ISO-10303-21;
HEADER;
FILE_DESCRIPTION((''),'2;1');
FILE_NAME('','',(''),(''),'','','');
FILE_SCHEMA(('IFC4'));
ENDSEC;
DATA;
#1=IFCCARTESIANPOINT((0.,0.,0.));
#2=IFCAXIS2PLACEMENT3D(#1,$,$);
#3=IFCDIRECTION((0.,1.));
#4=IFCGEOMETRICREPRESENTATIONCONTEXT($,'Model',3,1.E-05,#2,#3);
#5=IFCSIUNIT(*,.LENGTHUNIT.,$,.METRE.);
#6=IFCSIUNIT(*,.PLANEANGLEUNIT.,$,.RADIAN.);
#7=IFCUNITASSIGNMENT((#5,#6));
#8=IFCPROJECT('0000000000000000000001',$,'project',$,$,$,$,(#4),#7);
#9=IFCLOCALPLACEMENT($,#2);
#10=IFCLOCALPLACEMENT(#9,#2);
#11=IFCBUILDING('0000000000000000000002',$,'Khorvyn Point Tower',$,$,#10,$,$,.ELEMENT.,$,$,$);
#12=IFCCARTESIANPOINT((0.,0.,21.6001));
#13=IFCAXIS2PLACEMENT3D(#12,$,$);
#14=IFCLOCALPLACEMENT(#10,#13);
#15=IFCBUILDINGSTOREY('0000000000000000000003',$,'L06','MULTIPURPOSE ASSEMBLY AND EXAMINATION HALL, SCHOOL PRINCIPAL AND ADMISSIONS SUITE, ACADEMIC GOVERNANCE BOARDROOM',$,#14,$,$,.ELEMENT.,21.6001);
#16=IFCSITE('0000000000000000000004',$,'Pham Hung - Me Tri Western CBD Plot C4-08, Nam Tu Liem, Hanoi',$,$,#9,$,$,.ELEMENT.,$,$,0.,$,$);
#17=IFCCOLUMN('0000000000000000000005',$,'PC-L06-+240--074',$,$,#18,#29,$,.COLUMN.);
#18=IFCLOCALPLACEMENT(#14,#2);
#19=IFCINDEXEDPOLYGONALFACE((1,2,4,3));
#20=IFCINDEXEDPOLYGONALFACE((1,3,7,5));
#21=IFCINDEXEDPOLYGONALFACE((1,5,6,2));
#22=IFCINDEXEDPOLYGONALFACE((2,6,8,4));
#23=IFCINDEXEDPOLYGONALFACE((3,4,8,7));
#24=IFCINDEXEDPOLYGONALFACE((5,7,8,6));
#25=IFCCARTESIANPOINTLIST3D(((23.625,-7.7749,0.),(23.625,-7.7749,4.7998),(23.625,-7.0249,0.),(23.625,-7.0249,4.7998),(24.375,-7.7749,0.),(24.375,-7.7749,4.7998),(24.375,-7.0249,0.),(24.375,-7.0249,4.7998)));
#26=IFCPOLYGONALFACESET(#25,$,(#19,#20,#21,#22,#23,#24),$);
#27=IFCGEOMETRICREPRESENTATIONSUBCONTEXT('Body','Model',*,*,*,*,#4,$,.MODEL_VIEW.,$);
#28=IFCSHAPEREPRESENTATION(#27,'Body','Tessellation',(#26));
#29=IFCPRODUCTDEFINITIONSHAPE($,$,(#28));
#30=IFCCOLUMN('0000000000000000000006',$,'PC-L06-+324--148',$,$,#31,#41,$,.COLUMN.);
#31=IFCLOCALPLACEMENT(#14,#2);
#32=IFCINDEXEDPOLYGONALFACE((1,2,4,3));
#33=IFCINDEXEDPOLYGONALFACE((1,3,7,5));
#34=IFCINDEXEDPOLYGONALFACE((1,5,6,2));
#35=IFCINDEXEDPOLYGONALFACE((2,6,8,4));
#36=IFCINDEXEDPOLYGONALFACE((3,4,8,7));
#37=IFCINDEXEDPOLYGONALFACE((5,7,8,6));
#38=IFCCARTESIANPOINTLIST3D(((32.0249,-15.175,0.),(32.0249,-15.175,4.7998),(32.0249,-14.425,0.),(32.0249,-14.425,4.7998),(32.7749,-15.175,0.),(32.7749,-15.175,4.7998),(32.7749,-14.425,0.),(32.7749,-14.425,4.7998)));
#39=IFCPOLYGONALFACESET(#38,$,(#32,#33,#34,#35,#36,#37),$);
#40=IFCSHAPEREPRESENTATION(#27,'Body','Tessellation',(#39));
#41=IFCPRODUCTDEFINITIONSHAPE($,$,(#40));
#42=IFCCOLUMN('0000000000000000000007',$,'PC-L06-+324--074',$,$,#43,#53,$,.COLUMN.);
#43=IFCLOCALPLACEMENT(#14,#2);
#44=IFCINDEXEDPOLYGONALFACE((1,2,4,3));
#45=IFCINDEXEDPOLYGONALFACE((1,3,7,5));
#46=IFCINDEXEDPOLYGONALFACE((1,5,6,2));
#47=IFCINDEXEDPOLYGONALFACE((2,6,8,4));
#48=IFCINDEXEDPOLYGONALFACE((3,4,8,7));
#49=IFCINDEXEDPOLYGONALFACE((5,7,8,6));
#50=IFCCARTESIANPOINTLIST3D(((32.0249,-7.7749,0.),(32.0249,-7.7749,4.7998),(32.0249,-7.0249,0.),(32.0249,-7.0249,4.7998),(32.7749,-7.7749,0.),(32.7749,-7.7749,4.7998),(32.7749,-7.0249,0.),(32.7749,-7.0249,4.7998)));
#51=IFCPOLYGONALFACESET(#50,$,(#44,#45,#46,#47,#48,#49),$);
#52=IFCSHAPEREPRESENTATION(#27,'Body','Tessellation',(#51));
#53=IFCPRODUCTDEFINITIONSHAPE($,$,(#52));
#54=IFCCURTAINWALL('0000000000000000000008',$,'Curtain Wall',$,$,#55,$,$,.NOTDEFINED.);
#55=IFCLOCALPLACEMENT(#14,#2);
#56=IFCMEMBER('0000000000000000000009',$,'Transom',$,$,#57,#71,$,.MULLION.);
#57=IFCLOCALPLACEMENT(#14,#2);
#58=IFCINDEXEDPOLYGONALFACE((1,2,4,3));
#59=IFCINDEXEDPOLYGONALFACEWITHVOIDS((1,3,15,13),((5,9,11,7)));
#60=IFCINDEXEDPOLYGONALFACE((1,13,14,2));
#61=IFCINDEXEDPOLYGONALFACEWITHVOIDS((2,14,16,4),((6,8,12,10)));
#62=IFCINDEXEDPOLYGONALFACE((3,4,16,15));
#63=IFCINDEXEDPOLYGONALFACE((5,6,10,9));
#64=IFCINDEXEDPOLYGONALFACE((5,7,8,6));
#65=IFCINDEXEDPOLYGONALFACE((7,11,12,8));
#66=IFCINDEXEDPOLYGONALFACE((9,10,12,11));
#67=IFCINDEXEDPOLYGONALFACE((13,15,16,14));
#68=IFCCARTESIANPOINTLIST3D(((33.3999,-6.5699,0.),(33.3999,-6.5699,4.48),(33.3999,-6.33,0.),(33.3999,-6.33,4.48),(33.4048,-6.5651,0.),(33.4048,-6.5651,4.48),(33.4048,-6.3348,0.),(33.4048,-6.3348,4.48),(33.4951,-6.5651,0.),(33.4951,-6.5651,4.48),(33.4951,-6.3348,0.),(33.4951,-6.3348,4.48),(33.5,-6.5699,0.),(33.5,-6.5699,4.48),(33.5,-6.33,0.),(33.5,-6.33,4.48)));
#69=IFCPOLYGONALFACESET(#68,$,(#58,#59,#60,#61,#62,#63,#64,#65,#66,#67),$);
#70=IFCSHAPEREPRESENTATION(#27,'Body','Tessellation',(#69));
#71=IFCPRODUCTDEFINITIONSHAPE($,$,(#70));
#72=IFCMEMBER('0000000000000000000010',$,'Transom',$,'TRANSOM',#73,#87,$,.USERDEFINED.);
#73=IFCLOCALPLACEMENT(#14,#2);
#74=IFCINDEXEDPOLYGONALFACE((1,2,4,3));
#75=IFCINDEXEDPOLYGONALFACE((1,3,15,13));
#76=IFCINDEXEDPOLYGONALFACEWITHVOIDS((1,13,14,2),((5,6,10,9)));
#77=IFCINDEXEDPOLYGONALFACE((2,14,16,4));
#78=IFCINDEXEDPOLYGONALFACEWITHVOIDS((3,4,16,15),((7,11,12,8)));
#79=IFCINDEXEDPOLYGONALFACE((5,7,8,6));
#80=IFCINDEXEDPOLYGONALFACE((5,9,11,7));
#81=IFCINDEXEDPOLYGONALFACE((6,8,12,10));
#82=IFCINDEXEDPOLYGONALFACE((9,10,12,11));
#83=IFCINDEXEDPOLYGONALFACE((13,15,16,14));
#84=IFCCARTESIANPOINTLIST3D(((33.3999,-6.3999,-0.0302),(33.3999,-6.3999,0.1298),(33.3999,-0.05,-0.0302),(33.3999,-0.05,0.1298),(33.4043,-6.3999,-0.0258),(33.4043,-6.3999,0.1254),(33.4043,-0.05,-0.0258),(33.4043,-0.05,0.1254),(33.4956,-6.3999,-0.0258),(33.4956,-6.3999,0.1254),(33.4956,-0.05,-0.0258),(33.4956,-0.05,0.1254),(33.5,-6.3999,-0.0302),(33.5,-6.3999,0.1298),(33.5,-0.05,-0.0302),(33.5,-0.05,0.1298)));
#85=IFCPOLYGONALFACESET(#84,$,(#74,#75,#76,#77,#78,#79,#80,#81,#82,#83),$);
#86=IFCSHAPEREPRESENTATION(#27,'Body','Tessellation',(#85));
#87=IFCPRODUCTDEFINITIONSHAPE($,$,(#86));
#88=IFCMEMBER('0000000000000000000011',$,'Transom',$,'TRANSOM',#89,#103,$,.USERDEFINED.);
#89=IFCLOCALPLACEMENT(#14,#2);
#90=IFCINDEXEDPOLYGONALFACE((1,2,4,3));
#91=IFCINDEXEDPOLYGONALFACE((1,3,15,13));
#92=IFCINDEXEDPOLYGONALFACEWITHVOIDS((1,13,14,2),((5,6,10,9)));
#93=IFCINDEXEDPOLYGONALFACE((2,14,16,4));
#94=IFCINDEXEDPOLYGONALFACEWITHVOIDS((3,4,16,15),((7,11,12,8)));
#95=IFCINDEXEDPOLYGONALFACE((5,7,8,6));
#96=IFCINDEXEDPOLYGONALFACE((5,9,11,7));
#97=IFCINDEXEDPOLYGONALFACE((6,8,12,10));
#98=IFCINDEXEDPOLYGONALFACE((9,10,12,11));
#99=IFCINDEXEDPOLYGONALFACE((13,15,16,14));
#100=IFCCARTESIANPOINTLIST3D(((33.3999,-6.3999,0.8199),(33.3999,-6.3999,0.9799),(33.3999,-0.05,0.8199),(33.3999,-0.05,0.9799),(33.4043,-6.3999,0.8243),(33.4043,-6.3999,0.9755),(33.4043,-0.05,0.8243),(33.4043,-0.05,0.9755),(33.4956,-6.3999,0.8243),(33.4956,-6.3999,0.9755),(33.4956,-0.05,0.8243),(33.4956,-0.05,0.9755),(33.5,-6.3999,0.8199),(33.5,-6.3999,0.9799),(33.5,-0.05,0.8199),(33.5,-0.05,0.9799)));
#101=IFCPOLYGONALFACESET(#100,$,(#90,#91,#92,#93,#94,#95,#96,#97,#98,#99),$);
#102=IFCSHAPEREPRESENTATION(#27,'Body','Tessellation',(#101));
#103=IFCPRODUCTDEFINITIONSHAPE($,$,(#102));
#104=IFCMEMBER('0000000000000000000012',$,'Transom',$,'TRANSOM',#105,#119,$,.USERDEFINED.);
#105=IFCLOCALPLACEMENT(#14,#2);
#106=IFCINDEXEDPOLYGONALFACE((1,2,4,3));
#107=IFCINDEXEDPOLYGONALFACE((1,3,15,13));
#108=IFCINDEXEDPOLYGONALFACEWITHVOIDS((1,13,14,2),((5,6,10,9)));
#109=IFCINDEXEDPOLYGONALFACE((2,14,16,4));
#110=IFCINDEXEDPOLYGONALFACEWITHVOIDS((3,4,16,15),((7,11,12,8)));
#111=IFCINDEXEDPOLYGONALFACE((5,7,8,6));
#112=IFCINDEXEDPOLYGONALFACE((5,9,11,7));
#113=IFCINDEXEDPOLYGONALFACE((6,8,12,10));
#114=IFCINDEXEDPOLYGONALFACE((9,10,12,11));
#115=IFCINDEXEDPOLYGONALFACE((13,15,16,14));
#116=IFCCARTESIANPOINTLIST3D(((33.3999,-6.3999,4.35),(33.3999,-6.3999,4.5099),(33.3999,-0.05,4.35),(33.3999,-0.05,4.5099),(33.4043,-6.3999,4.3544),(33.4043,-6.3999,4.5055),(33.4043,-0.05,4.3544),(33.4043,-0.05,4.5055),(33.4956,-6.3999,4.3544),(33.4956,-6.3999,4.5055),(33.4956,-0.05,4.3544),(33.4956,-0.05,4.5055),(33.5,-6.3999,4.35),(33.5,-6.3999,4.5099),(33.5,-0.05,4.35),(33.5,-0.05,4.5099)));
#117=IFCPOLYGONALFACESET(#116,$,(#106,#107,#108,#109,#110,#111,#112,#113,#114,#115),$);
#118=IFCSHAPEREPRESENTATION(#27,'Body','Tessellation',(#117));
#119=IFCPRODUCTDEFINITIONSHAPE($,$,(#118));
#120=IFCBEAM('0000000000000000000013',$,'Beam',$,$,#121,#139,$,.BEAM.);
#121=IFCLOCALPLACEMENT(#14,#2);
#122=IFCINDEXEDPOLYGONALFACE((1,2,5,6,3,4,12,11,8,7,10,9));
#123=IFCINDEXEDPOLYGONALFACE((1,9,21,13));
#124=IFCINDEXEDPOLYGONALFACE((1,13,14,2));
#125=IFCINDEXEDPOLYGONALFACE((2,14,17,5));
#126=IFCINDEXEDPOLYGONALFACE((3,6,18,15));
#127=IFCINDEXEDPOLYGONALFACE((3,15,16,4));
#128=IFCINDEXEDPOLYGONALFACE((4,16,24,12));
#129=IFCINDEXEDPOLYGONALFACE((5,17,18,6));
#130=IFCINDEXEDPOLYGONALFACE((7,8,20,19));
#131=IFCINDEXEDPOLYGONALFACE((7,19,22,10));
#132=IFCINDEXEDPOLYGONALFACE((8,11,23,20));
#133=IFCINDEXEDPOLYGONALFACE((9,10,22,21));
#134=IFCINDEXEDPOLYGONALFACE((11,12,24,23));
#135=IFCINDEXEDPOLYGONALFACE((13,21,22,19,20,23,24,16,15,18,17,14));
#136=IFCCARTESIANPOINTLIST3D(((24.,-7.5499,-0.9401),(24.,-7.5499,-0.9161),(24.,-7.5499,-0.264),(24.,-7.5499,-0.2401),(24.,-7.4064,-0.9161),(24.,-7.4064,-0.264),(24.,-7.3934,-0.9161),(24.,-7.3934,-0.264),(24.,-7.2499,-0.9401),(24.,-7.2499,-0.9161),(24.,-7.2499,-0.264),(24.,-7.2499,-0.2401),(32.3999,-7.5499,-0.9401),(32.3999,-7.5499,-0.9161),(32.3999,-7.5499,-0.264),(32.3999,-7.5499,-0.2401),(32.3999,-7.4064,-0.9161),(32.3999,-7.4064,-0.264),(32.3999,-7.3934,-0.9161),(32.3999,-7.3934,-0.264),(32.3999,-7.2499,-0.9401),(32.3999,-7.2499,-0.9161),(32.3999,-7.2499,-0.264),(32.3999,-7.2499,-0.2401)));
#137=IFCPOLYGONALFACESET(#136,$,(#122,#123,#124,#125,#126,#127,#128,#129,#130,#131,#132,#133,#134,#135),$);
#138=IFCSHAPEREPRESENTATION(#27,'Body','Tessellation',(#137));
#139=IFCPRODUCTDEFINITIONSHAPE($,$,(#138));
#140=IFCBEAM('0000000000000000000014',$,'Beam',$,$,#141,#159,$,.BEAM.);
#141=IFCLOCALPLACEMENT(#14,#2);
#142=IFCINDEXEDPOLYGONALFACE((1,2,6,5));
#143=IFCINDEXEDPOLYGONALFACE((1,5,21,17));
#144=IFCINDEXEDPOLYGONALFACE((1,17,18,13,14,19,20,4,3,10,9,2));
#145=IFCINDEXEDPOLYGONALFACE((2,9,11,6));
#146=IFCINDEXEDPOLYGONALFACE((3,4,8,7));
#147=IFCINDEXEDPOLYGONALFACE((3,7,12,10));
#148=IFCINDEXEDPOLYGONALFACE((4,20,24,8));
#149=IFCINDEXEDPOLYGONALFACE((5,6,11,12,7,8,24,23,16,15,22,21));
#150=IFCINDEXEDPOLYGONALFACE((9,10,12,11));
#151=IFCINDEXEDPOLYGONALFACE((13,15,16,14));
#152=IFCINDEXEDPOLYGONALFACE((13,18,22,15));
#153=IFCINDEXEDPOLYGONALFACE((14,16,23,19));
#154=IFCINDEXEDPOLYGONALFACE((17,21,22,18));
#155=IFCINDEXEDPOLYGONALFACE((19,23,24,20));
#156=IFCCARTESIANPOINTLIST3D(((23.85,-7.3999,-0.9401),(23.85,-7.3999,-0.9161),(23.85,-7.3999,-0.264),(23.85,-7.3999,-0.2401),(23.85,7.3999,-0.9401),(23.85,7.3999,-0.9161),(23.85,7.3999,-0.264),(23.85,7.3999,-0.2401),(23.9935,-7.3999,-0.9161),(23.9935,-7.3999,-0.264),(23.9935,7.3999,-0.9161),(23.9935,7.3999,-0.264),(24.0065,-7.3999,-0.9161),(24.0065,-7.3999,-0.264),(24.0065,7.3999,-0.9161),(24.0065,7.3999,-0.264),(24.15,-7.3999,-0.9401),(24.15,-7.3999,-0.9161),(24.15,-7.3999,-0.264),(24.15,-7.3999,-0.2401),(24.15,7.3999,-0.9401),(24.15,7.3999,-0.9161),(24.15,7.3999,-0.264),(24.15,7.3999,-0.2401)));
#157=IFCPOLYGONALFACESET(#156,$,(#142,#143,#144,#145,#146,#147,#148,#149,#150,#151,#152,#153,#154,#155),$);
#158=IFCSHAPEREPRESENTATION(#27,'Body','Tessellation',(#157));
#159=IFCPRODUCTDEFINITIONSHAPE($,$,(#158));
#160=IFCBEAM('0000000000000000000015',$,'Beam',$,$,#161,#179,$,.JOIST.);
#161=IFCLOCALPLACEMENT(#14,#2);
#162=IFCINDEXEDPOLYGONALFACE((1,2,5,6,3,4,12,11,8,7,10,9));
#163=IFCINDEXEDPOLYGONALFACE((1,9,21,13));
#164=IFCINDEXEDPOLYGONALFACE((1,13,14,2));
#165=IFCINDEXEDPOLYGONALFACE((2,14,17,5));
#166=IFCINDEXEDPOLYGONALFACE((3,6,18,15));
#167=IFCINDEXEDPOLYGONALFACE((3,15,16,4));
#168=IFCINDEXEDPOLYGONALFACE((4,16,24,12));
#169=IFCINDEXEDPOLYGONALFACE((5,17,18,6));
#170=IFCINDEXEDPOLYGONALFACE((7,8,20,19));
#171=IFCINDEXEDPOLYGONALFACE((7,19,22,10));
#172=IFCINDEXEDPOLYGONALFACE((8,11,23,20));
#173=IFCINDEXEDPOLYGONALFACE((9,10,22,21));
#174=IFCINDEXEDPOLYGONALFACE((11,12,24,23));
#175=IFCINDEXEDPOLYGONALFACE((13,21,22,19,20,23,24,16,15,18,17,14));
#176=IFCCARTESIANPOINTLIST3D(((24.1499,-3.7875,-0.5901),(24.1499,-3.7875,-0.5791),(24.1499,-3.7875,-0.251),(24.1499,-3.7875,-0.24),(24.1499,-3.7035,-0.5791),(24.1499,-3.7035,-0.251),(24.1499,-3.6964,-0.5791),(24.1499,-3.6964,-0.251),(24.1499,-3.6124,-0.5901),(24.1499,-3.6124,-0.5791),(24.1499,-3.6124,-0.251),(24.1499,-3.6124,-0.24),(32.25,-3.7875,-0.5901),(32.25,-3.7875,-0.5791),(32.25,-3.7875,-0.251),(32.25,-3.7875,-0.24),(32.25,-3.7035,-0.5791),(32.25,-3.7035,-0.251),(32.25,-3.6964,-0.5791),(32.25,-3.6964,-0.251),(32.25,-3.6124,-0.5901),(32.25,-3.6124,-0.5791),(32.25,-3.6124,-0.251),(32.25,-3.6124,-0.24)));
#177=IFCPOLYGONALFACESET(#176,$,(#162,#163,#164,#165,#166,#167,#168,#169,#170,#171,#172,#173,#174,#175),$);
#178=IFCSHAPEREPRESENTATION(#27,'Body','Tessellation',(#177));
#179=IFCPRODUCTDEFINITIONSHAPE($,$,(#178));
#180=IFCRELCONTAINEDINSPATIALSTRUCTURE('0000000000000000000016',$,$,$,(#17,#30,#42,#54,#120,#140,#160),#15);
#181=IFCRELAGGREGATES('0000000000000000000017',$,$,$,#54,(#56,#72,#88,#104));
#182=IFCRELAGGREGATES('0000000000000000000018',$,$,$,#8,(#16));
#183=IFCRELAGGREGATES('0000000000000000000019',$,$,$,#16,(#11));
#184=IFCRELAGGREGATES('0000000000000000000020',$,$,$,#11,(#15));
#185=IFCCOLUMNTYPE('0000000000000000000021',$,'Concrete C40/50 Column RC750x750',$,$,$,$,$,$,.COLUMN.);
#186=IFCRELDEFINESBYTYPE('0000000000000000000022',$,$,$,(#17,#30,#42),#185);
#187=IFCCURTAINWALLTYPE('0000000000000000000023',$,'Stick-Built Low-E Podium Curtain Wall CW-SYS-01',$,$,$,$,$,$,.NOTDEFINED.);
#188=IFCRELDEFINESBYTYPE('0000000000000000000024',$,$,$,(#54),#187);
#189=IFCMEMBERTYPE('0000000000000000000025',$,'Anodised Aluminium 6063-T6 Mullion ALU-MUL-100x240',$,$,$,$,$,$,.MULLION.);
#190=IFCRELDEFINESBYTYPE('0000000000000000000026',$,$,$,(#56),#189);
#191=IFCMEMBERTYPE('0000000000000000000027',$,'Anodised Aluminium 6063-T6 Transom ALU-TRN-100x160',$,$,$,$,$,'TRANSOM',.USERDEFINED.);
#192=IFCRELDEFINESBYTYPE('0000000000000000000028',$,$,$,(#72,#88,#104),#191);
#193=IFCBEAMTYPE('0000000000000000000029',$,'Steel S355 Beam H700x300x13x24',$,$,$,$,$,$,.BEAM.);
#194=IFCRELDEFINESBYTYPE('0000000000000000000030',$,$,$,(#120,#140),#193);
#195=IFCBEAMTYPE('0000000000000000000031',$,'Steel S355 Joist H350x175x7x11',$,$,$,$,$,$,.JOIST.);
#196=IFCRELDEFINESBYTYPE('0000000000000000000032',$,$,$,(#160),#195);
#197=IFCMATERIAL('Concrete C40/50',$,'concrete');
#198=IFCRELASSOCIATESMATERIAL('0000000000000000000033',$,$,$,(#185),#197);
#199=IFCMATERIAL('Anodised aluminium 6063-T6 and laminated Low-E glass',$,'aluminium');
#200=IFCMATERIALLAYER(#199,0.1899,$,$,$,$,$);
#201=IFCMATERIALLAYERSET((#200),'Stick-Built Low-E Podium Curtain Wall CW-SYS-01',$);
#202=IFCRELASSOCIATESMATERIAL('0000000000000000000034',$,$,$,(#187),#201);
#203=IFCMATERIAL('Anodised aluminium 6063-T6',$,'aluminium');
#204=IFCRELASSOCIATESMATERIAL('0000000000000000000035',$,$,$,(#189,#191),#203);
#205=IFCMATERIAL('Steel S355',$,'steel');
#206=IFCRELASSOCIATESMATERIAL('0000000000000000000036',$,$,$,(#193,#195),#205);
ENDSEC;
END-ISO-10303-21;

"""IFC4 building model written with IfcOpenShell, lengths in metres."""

from ifc_helpers import new_model, si_unit, direction, frame, origin, origin_2d, place, context, subcontext, project, spatial, rectangle, hollow_rectangle, i_section, extrude, material, layer, layer_set, material_profile, profile_set, type_object, element, aggregate, save


model = new_model("IFC4")

# Units and contexts
model_context = context("Model", 3, precision=1e-05, world=origin(), true_north=direction((0.0, 1.0)))
body_context = subcontext(model_context, "Body", "Model", "MODEL_VIEW")
ifc_project = project(units=[si_unit("LENGTHUNIT", "METRE"), si_unit("PLANEANGLEUNIT", "RADIAN")], contexts=[model_context])

# Site, building, storey
site_placement = place(None, origin())
site = spatial("IfcSite", under=ifc_project, at=site_placement, Name="Pham Hung - Me Tri Western CBD Plot C4-08, Nam Tu Liem, Hanoi", CompositionType="ELEMENT", RefElevation=0.0)
building_placement = place(site_placement, origin())
building = spatial("IfcBuilding", under=site, at=building_placement, Name="Khorvyn Point Tower", CompositionType="ELEMENT")
storey_placement = place(building_placement, frame((0.0, 0.0, 21.6001)))
storey = spatial("IfcBuildingStorey", under=building, at=storey_placement, Name="L06", Description="MULTIPURPOSE ASSEMBLY AND EXAMINATION HALL, SCHOOL PRINCIPAL AND ADMISSIONS SUITE, ACADEMIC GOVERNANCE BOARDROOM", CompositionType="ELEMENT", Elevation=21.6001)

# Columns
ifc_material_1 = material(Name="Concrete C40/50", Category="concrete")
ifc_material_profile_1 = material_profile(ifc_material_1, rectangle(XDim=0.75, YDim=0.75, at=origin_2d()))
ifc_profile_set_1 = profile_set([ifc_material_profile_1], Name="Concrete C40/50 RC750x750")
column_type = type_object("IfcColumnType", Name="Concrete C40/50 Column RC750x750", PredefinedType="COLUMN", material=ifc_profile_set_1)
for number, where, z_axis, x_axis, name in (
    (1, (24.0, -7.3999, 0.0), (0.0, 0.0, 1.0), (1.0, 0.0, 0.0), "PC-L06-+240--074"),
    (2, (32.3999, -14.8, 0.0), (0.0, 0.0, 1.0), (1.0, 0.0, 0.0), "PC-L06-+324--148"),
    (3, (32.3999, -7.3999, 0.0), (0.0, 0.0, 1.0), (1.0, 0.0, 0.0), "PC-L06-+324--074"),
):
    element("IfcColumn", number, at=place(storey_placement, frame(where, z_axis=z_axis, x_axis=x_axis)), inside=storey, type_object=column_type, Name=name, PredefinedType="COLUMN", context=body_context, shape_type="SweptSolid", body=[
        extrude(rectangle(XDim=0.75, YDim=0.75, at=origin_2d()), origin(), (0.0, 0.0, 1.0), 4.7998),
    ])

# Curtain wall, members
ifc_material_2 = material(Name="Anodised aluminium 6063-T6 and laminated Low-E glass", Category="aluminium")
ifc_layer_1 = layer(ifc_material_2, 0.1899)
ifc_layer_set_1 = layer_set([ifc_layer_1], Name="Stick-Built Low-E Podium Curtain Wall CW-SYS-01")
curtain_wall_type = type_object("IfcCurtainWallType", Name="Stick-Built Low-E Podium Curtain Wall CW-SYS-01", PredefinedType="NOTDEFINED", material=ifc_layer_set_1)
curtain_wall_placement = place(storey_placement, origin())
curtain_wall = element("IfcCurtainWall", 4, at=curtain_wall_placement, inside=storey, type_object=curtain_wall_type, Name="Curtain Wall", PredefinedType="NOTDEFINED")
ifc_material_3 = material(Name="Anodised aluminium 6063-T6", Category="aluminium")
ifc_material_profile_2 = material_profile(ifc_material_3, hollow_rectangle(XDim=0.1001, YDim=0.24, WallThickness=0.0049, at=origin_2d()))
ifc_profile_set_2 = profile_set([ifc_material_profile_2], Name="Anodised aluminium 6063-T6 ALU-MUL-100x240")
member_type_1 = type_object("IfcMemberType", Name="Anodised Aluminium 6063-T6 Mullion ALU-MUL-100x240", PredefinedType="MULLION", material=ifc_profile_set_2)
member_1_placement = place(storey_placement, frame((33.45, -6.45, 0.0), z_axis=(0.0, 0.0, 1.0), x_axis=(-1.0, 0.0, 0.0)))
member_1 = element("IfcMember", 5, at=member_1_placement, type_object=member_type_1, Name="Transom", PredefinedType="MULLION", context=body_context, shape_type="SweptSolid", body=[
    extrude(hollow_rectangle(XDim=0.1001, YDim=0.24, WallThickness=0.0049, at=origin_2d()), origin(), (0.0, 0.0, 1.0), 4.48),
])
ifc_material_profile_3 = material_profile(ifc_material_3, hollow_rectangle(XDim=0.1001, YDim=0.1599, WallThickness=0.0044, at=origin_2d()))
ifc_profile_set_3 = profile_set([ifc_material_profile_3], Name="Anodised aluminium 6063-T6 ALU-TRN-100x160")
member_type_2 = type_object("IfcMemberType", Name="Anodised Aluminium 6063-T6 Transom ALU-TRN-100x160", ElementType="TRANSOM", PredefinedType="USERDEFINED", material=ifc_profile_set_3)
member_2_placement = place(storey_placement, frame((33.45, -6.3999, 0.0498), z_axis=(0.0, 1.0, 0.0), x_axis=(-1.0, 0.0, 0.0)))
member_2 = element("IfcMember", 6, at=member_2_placement, type_object=member_type_2, Name="Transom", ObjectType="TRANSOM", PredefinedType="USERDEFINED", context=body_context, shape_type="SweptSolid", body=[
    extrude(hollow_rectangle(XDim=0.1001, YDim=0.1599, WallThickness=0.0044, at=origin_2d()), origin(), (0.0, 0.0, 1.0), 6.3499),
])
member_3_placement = place(storey_placement, frame((33.45, -6.3999, 0.8999), z_axis=(0.0, 1.0, 0.0), x_axis=(-1.0, 0.0, 0.0)))
member_3 = element("IfcMember", 7, at=member_3_placement, type_object=member_type_2, Name="Transom", ObjectType="TRANSOM", PredefinedType="USERDEFINED", context=body_context, shape_type="SweptSolid", body=[
    extrude(hollow_rectangle(XDim=0.1001, YDim=0.1599, WallThickness=0.0044, at=origin_2d()), origin(), (0.0, 0.0, 1.0), 6.3499),
])
member_4_placement = place(storey_placement, frame((33.45, -6.3999, 4.4299), z_axis=(0.0, 1.0, 0.0), x_axis=(-1.0, 0.0, 0.0)))
member_4 = element("IfcMember", 8, at=member_4_placement, type_object=member_type_2, Name="Transom", ObjectType="TRANSOM", PredefinedType="USERDEFINED", context=body_context, shape_type="SweptSolid", body=[
    extrude(hollow_rectangle(XDim=0.1001, YDim=0.1599, WallThickness=0.0044, at=origin_2d()), origin(), (0.0, 0.0, 1.0), 6.3499),
])

# Beams
ifc_material_4 = material(Name="Steel S355", Category="steel")
ifc_material_profile_4 = material_profile(ifc_material_4, i_section(OverallWidth=0.3, OverallDepth=0.7, WebThickness=0.0129, FlangeThickness=0.0239, at=origin_2d()))
ifc_profile_set_4 = profile_set([ifc_material_profile_4], Name="Steel S355 H700x300x13x24")
beam_type_1 = type_object("IfcBeamType", Name="Steel S355 Beam H700x300x13x24", PredefinedType="BEAM", material=ifc_profile_set_4)
beam_1_placement = place(storey_placement, frame((24.0, -7.3999, -0.5901), z_axis=(1.0, 0.0, 0.0), x_axis=(0.0, 1.0, 0.0)))
element("IfcBeam", 9, at=beam_1_placement, inside=storey, type_object=beam_type_1, Name="Beam", PredefinedType="BEAM", context=body_context, shape_type="SweptSolid", body=[
    extrude(i_section(OverallWidth=0.3, OverallDepth=0.7, WebThickness=0.0129, FlangeThickness=0.0239, at=origin_2d()), origin(), (0.0, 0.0, 1.0), 8.3999),
])
beam_2_placement = place(storey_placement, frame((24.0, -7.3999, -0.5901), z_axis=(0.0, 1.0, 0.0), x_axis=(-1.0, 0.0, 0.0)))
element("IfcBeam", 10, at=beam_2_placement, inside=storey, type_object=beam_type_1, Name="Beam", PredefinedType="BEAM", context=body_context, shape_type="SweptSolid", body=[
    extrude(i_section(OverallWidth=0.3, OverallDepth=0.7, WebThickness=0.0129, FlangeThickness=0.0239, at=origin_2d()), origin(), (0.0, 0.0, 1.0), 14.7998),
])
ifc_material_profile_5 = material_profile(ifc_material_4, i_section(OverallWidth=0.175, OverallDepth=0.3501, WebThickness=0.0071, FlangeThickness=0.011, at=origin_2d()))
ifc_profile_set_5 = profile_set([ifc_material_profile_5], Name="Steel S355 H350x175x7x11")
beam_type_2 = type_object("IfcBeamType", Name="Steel S355 Joist H350x175x7x11", PredefinedType="JOIST", material=ifc_profile_set_5)
beam_3_placement = place(storey_placement, frame((24.1499, -3.7, -0.415), z_axis=(1.0, 0.0, 0.0), x_axis=(0.0, 1.0, 0.0)))
element("IfcBeam", 11, at=beam_3_placement, inside=storey, type_object=beam_type_2, Name="Beam", PredefinedType="JOIST", context=body_context, shape_type="SweptSolid", body=[
    extrude(i_section(OverallWidth=0.175, OverallDepth=0.3501, WebThickness=0.0071, FlangeThickness=0.011, at=origin_2d()), origin(), (0.0, 0.0, 1.0), 8.1001),
])

aggregate(curtain_wall, [member_1, member_2, member_3, member_4])

save(model, "model.ifc")
